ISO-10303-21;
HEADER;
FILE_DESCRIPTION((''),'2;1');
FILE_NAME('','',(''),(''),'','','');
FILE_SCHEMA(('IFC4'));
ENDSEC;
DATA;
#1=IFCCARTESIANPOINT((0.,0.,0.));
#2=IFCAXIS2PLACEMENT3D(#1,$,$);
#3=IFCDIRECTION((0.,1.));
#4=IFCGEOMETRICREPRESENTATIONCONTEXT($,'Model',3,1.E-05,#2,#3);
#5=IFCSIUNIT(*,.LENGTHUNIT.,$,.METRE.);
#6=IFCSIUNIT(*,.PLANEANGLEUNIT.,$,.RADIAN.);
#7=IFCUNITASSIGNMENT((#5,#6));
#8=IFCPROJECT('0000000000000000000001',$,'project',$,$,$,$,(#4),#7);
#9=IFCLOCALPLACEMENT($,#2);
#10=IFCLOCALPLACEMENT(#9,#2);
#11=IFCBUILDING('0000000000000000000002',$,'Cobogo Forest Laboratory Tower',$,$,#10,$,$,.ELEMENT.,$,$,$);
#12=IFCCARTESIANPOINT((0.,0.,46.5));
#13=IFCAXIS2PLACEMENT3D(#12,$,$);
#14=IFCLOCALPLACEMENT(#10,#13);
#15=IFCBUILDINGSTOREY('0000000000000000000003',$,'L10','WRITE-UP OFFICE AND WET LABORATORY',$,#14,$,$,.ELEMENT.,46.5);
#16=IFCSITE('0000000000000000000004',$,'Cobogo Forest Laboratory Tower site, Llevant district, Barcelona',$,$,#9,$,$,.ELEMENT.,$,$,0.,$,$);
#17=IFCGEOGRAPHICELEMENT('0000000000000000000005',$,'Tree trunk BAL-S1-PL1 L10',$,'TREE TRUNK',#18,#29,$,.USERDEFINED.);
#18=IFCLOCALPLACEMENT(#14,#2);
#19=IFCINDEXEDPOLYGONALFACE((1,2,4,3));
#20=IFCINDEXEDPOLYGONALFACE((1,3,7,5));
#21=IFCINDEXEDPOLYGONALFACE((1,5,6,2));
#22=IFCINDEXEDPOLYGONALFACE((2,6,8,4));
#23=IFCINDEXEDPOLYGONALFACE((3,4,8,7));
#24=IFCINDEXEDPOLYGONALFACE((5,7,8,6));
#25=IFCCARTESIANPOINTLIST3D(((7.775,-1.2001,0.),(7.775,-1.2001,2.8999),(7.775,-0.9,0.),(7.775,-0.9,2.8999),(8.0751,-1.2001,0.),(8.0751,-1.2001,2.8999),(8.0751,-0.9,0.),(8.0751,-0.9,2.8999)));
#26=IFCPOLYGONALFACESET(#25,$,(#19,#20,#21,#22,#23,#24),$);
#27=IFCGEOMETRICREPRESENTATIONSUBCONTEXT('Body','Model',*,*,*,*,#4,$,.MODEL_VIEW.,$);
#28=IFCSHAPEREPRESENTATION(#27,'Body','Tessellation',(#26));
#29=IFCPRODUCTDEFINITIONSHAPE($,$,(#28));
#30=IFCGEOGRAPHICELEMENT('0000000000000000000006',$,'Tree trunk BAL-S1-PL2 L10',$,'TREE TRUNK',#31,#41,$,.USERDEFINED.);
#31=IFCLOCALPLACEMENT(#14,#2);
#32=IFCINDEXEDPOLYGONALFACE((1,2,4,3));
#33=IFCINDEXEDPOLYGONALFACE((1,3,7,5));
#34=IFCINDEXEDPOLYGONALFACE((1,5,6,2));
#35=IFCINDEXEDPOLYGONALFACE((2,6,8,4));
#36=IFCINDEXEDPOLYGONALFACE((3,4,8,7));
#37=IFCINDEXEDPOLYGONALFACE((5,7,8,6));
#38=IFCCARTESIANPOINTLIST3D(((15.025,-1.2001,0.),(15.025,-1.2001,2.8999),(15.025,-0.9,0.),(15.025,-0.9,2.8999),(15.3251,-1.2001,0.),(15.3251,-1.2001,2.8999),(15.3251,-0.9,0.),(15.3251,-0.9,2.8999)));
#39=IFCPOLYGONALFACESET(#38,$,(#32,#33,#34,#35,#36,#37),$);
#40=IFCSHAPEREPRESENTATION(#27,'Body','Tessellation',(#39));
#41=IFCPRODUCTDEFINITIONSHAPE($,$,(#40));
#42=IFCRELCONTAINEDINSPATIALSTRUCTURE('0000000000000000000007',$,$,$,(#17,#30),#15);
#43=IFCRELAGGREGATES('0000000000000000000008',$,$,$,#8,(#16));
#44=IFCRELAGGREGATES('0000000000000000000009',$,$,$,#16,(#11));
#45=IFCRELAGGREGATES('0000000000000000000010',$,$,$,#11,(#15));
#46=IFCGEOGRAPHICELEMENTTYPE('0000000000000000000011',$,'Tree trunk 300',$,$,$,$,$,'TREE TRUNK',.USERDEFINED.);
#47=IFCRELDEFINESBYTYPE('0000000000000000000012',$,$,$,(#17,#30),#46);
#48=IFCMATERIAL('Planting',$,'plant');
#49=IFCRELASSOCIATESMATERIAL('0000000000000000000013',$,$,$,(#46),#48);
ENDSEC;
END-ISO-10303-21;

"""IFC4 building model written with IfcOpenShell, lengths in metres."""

from ifc_helpers import new_model, si_unit, direction, frame, origin, origin_2d, place, context, subcontext, project, spatial, rectangle, extrude, material, type_object, element, save


model = new_model("IFC4")

# Units and contexts
model_context = context("Model", 3, precision=1e-05, world=origin(), true_north=direction((0.0, 1.0)))
body_context = subcontext(model_context, "Body", "Model", "MODEL_VIEW")
ifc_project = project(units=[si_unit("LENGTHUNIT", "METRE"), si_unit("PLANEANGLEUNIT", "RADIAN")], contexts=[model_context])

# Site, building, storey
site_placement = place(None, origin())
site = spatial("IfcSite", under=ifc_project, at=site_placement, Name="Cobogo Forest Laboratory Tower site, Llevant district, Barcelona", CompositionType="ELEMENT", RefElevation=0.0)
building_placement = place(site_placement, origin())
building = spatial("IfcBuilding", under=site, at=building_placement, Name="Cobogo Forest Laboratory Tower", CompositionType="ELEMENT")
storey_placement = place(building_placement, frame((0.0, 0.0, 46.5)))
storey = spatial("IfcBuildingStorey", under=building, at=storey_placement, Name="L10", Description="WRITE-UP OFFICE AND WET LABORATORY", CompositionType="ELEMENT", Elevation=46.5)

# Geographic elements
ifc_material_1 = material(Name="Planting", Category="plant")
geographic_element_type = type_object("IfcGeographicElementType", Name="Tree trunk 300", ElementType="TREE TRUNK", PredefinedType="USERDEFINED", material=ifc_material_1)
for number, where, z_axis, x_axis, name in (
    (1, (7.925, -1.05, 0.0), (0.0, 0.0, 1.0), (1.0, 0.0, 0.0), "Tree trunk BAL-S1-PL1 L10"),
    (2, (15.175, -1.05, 0.0), (0.0, 0.0, 1.0), (1.0, 0.0, 0.0), "Tree trunk BAL-S1-PL2 L10"),
):
    element("IfcGeographicElement", number, at=place(storey_placement, frame(where, z_axis=z_axis, x_axis=x_axis)), inside=storey, type_object=geographic_element_type, Name=name, ObjectType="TREE TRUNK", PredefinedType="USERDEFINED", context=body_context, shape_type="SweptSolid", body=[
        extrude(rectangle(XDim=0.3, YDim=0.3, at=origin_2d()), origin(), (0.0, 0.0, 1.0), 2.8999),
    ])

save(model, "model.ifc")
